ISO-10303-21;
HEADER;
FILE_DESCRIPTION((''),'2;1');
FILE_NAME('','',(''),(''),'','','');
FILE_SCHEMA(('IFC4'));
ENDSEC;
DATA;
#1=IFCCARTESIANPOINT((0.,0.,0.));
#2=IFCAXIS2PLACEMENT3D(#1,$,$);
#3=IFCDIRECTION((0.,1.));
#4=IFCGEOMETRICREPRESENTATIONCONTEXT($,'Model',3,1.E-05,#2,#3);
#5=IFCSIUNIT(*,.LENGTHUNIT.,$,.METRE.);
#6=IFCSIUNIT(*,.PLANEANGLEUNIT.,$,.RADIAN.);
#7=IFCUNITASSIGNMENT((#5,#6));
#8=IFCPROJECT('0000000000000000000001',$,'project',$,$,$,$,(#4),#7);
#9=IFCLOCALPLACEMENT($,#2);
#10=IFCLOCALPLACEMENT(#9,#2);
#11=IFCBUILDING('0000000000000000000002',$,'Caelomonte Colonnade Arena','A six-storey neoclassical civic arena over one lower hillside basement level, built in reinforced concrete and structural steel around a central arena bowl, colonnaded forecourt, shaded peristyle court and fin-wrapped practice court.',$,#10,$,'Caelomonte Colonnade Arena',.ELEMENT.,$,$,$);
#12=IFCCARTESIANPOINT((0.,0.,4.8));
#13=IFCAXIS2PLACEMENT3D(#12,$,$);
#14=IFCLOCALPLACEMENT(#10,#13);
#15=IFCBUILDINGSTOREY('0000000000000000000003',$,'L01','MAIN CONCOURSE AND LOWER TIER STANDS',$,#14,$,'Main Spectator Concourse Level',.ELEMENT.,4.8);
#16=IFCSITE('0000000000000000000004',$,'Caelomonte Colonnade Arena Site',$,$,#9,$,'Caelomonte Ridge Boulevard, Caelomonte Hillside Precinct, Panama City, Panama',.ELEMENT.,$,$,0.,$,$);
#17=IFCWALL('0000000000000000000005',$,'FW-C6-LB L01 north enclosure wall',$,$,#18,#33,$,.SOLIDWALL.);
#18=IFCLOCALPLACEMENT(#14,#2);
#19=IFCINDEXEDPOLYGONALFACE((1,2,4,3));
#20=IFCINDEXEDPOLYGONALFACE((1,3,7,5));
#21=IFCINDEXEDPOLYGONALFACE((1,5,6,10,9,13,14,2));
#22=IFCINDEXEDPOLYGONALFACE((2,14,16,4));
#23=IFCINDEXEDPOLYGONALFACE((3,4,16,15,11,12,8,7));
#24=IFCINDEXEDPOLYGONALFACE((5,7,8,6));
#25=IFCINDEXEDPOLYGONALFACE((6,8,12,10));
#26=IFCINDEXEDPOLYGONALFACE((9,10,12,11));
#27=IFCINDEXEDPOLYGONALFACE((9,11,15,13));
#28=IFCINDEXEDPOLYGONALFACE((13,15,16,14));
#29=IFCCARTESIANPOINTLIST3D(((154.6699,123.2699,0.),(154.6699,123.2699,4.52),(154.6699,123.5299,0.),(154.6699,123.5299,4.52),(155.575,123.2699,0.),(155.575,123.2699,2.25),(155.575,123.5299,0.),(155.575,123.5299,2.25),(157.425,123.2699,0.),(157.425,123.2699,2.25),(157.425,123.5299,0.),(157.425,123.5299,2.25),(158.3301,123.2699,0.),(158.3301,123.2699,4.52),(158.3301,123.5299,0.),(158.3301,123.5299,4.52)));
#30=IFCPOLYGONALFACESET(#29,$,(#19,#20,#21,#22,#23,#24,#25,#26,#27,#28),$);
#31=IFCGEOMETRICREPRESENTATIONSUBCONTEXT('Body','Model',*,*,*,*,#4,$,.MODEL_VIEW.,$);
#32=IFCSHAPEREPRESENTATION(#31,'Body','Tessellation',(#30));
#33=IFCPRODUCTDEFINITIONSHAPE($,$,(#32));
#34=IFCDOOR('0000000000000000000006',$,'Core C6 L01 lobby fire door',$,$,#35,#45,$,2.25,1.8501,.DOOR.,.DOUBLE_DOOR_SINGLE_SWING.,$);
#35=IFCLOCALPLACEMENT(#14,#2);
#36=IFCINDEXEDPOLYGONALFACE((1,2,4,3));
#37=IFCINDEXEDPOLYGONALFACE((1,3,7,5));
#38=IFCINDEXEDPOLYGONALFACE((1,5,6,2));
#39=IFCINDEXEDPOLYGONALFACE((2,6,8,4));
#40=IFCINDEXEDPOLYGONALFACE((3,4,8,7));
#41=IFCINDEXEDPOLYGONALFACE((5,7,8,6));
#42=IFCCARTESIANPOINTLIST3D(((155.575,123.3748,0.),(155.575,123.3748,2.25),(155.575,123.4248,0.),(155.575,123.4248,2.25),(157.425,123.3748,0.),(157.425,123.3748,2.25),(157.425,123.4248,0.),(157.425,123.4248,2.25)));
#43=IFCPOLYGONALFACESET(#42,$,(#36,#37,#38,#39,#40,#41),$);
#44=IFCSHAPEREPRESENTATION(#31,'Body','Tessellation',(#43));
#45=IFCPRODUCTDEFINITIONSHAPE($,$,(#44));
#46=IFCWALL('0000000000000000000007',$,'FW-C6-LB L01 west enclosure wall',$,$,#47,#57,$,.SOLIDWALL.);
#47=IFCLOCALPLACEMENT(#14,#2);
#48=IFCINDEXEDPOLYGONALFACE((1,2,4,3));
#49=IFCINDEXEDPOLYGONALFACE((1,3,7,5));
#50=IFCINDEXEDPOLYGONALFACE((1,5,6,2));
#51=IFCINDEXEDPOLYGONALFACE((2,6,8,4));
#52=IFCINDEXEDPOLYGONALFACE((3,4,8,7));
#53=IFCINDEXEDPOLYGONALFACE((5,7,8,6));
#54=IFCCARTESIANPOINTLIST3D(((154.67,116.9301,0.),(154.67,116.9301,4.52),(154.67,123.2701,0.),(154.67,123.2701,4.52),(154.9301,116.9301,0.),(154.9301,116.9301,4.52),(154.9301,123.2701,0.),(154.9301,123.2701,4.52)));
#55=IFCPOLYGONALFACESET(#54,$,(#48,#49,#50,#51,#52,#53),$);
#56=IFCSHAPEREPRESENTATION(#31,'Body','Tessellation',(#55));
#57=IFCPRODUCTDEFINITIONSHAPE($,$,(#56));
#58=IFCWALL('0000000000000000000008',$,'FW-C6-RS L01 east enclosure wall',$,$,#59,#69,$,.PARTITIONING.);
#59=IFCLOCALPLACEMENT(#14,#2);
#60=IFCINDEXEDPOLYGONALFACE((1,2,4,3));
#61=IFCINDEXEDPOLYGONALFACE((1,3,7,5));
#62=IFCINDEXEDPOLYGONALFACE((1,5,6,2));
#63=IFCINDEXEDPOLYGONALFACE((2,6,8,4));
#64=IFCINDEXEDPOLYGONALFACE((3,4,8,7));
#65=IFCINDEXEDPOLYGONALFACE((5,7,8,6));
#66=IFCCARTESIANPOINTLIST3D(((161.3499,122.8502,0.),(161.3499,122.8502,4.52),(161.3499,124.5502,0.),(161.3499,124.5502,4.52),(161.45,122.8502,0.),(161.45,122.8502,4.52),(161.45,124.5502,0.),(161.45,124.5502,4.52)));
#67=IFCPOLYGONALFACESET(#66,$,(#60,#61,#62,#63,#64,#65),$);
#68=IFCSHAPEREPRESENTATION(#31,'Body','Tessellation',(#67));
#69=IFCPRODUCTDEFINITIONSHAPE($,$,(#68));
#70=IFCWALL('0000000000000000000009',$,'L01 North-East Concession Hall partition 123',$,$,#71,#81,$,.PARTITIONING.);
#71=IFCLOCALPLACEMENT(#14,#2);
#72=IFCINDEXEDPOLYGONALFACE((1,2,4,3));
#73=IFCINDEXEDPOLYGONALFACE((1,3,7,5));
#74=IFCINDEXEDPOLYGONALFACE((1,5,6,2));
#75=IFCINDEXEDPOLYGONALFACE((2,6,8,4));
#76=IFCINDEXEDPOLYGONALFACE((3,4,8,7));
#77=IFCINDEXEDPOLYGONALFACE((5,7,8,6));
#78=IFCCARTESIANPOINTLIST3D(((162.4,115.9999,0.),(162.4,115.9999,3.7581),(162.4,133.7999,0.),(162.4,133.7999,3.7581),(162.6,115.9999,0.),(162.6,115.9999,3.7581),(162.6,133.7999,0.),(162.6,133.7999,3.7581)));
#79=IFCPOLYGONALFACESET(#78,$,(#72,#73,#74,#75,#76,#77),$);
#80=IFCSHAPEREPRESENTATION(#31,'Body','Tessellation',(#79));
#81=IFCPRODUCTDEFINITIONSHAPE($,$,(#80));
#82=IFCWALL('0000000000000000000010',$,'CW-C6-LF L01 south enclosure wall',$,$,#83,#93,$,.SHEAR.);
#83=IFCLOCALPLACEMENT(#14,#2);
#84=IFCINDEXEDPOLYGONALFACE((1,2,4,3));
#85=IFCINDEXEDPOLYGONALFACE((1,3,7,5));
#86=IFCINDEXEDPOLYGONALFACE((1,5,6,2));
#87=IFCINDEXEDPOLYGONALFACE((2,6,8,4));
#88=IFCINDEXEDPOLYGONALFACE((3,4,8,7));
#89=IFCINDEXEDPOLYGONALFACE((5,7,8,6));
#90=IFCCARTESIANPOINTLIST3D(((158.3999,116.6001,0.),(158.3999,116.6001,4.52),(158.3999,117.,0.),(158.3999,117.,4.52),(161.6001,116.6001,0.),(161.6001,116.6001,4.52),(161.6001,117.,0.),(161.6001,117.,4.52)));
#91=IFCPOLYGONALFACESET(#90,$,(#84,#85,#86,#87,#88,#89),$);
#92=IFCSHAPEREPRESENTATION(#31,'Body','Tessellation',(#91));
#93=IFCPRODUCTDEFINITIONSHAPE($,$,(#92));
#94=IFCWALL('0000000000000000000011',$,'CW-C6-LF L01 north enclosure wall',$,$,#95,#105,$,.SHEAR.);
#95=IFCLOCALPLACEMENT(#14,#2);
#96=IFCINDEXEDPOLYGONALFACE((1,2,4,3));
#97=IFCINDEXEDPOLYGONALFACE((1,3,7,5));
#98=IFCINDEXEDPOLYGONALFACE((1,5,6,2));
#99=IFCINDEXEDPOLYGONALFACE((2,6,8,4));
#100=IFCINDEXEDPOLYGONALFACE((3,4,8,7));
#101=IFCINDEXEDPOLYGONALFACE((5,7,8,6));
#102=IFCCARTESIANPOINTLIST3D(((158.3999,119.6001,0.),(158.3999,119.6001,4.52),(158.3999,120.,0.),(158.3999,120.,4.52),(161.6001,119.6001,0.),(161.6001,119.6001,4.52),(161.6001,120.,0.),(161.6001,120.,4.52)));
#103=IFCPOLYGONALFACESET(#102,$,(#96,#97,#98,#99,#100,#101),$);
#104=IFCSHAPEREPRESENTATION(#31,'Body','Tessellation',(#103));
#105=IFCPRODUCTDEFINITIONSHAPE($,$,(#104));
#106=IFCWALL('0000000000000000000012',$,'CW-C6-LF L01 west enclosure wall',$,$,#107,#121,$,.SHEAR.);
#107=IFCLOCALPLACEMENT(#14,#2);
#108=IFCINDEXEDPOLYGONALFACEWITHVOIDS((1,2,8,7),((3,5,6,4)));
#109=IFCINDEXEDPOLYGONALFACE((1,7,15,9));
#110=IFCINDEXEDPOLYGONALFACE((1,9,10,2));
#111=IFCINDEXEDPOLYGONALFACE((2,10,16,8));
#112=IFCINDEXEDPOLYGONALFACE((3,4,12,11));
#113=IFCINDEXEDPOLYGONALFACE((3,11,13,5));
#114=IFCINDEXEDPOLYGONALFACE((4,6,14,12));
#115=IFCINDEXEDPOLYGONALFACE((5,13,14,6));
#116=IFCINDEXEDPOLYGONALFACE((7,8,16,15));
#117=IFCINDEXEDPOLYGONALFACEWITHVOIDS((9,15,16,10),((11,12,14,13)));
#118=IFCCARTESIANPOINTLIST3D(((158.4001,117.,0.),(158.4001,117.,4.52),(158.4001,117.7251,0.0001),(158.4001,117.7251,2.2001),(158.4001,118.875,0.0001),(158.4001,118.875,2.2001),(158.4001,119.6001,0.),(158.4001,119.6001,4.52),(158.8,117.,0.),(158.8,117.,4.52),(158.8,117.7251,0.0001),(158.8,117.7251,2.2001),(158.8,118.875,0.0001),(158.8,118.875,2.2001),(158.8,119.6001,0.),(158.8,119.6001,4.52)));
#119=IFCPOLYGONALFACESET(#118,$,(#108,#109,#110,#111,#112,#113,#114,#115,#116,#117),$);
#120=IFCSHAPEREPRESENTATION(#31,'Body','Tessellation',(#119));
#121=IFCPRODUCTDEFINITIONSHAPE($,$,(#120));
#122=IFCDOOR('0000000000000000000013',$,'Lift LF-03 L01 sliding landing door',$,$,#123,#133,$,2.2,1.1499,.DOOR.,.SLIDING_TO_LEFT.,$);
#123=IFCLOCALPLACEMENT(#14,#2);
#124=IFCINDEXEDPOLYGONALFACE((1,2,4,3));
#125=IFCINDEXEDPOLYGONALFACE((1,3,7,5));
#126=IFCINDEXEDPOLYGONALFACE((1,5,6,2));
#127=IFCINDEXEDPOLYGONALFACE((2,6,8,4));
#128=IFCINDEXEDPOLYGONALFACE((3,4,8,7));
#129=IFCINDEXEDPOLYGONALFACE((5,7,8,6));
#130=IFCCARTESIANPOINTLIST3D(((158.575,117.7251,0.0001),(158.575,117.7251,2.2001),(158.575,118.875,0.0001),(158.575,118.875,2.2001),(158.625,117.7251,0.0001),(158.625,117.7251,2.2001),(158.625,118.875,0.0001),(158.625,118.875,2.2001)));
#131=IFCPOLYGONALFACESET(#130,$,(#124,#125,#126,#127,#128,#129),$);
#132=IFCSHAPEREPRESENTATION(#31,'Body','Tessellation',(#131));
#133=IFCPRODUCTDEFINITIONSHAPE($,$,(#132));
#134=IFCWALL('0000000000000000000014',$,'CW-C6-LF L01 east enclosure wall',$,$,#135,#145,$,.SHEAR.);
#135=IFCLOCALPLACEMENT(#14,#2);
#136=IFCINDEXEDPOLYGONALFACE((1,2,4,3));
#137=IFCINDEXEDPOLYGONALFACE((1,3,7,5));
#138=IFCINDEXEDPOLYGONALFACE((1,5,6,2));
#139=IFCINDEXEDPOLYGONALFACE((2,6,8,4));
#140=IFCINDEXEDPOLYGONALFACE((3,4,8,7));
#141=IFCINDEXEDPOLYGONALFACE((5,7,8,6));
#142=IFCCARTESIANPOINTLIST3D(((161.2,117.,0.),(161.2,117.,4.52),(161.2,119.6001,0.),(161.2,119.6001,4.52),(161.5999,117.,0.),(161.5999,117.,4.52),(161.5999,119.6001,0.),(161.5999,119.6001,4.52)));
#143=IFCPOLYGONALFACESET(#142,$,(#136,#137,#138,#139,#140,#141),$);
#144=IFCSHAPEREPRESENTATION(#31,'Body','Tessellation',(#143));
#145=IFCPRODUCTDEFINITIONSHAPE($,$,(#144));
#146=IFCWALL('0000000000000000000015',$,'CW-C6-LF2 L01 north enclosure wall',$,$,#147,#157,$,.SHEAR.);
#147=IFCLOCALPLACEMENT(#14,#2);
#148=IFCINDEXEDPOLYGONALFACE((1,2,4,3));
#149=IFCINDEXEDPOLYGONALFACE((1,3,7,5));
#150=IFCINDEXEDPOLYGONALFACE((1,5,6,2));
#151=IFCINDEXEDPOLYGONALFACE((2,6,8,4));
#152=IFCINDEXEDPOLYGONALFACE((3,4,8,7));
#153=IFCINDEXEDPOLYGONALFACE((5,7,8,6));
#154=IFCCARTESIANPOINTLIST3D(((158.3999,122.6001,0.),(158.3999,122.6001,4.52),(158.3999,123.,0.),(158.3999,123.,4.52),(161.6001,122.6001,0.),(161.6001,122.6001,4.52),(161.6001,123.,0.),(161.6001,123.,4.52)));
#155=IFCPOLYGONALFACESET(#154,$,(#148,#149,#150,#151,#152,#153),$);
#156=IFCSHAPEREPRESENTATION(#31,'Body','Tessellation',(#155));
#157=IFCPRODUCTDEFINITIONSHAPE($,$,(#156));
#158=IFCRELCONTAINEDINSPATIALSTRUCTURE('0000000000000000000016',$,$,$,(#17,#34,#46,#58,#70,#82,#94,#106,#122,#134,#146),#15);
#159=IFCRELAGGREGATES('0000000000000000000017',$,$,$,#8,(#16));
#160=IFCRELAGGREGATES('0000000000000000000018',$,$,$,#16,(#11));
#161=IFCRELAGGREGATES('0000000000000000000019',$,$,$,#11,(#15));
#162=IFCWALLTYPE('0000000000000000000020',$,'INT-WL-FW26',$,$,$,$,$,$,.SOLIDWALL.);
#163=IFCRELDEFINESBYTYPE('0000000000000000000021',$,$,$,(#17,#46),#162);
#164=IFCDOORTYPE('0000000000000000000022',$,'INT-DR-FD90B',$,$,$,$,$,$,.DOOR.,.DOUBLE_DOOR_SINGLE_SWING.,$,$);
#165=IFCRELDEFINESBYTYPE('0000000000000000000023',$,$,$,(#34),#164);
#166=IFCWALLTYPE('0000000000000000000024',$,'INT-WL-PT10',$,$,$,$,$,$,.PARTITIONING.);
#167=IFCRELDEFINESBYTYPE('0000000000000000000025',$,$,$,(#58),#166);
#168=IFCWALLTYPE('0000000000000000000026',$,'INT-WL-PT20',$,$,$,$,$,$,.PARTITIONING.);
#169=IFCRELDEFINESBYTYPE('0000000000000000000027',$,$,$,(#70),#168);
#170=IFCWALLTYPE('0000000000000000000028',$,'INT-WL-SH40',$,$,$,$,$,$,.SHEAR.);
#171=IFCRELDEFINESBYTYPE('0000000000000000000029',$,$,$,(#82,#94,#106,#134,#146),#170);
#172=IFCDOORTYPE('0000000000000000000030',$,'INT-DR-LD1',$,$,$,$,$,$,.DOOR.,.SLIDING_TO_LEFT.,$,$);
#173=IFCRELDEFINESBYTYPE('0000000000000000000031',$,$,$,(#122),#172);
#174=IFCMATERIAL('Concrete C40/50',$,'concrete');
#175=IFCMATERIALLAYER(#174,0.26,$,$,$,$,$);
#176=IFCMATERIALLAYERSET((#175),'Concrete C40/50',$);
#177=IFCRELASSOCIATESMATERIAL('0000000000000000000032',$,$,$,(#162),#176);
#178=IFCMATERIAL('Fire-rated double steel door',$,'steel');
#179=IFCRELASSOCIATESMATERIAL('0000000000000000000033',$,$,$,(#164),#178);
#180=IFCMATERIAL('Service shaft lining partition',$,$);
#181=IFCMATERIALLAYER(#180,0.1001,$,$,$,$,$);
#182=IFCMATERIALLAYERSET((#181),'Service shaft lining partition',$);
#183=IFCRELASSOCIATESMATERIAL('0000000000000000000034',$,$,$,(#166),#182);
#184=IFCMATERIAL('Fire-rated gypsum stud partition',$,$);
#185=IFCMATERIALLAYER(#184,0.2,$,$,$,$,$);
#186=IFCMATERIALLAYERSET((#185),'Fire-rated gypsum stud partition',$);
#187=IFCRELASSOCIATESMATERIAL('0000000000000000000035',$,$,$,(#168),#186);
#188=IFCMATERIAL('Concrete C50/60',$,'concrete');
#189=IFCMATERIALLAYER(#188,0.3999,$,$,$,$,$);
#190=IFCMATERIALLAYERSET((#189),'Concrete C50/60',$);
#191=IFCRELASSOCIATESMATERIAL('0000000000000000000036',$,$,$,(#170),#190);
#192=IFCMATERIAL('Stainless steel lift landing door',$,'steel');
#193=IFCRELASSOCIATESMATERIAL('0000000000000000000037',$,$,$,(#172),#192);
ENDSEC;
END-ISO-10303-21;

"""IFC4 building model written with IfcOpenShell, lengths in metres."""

from ifc_helpers import new_model, si_unit, direction, frame, frame_2d, origin, place, context, subcontext, project, spatial, rectangle, extrude, material, layer, layer_set, type_object, element, fill, save


model = new_model("IFC4")

# Units and contexts
model_context = context("Model", 3, precision=1e-05, world=origin(), true_north=direction((0.0, 1.0)))
body_context = subcontext(model_context, "Body", "Model", "MODEL_VIEW")
ifc_project = project(units=[si_unit("LENGTHUNIT", "METRE"), si_unit("PLANEANGLEUNIT", "RADIAN")], contexts=[model_context])

# Site, building, storey
site_placement = place(None, origin())
site = spatial("IfcSite", under=ifc_project, at=site_placement, Name="Caelomonte Colonnade Arena Site", LongName="Caelomonte Ridge Boulevard, Caelomonte Hillside Precinct, Panama City, Panama", CompositionType="ELEMENT", RefElevation=0.0)
building_placement = place(site_placement, origin())
building = spatial("IfcBuilding", under=site, at=building_placement, Name="Caelomonte Colonnade Arena", Description="A six-storey neoclassical civic arena over one lower hillside basement level, built in reinforced concrete and structural steel around a central arena bowl, colonnaded forecourt, shaded peristyle court and fin-wrapped practice court.", LongName="Caelomonte Colonnade Arena", CompositionType="ELEMENT")
storey_placement = place(building_placement, frame((0.0, 0.0, 4.8)))
storey = spatial("IfcBuildingStorey", under=building, at=storey_placement, Name="L01", Description="MAIN CONCOURSE AND LOWER TIER STANDS", LongName="Main Spectator Concourse Level", CompositionType="ELEMENT", Elevation=4.8)

# Shared definitions
ifc_material_1 = material(Name="Concrete C40/50", Category="concrete")

# Shared definitions
ifc_layer_1 = layer(ifc_material_1, 0.26)
ifc_layer_set_1 = layer_set([ifc_layer_1], Name="Concrete C40/50")
wall_type_1 = type_object("IfcWallType", Name="INT-WL-FW26", PredefinedType="SOLIDWALL", material=ifc_layer_set_1)

# Wall, opening, door
wall_1_placement = place(storey_placement, frame((158.3301, 123.3999, 0.0), z_axis=(0.0, 0.0, 1.0), x_axis=(-1.0, 0.0, 0.0)))
wall_1 = element("IfcWall", 1, at=wall_1_placement, inside=storey, type_object=wall_type_1, Name="FW-C6-LB L01 north enclosure wall", PredefinedType="SOLIDWALL", context=body_context, shape_type="SweptSolid", body=[
    extrude(rectangle(XDim=3.6602, YDim=0.26, at=frame_2d((1.8301, 0.0))), origin(), (0.0, 0.0, 1.0), 4.52),
])
opening_1_placement = place(wall_1_placement, frame((2.7551, 0.0, 0.0), z_axis=(0.0, 0.0, 1.0), x_axis=(-1.0, 0.0, 0.0)))
opening_1 = element("IfcOpeningElement", 2, at=opening_1_placement, cuts=wall_1, PredefinedType="OPENING", context=body_context, shape_type="SweptSolid", body=[
    extrude(rectangle(XDim=1.8501, YDim=2.25, at=frame_2d((0.925, 1.125))), frame((0.0, 0.1399, 0.0), z_axis=(0.0, -1.0, 0.0), x_axis=(1.0, 0.0, 0.0)), (0.0, 0.0, 1.0), 0.28),
])
ifc_material_2 = material(Name="Fire-rated double steel door", Category="steel")
door_type_1 = type_object("IfcDoorType", Name="INT-DR-FD90B", OperationType="DOUBLE_DOOR_SINGLE_SWING", PredefinedType="DOOR", material=ifc_material_2)
door_1_placement = place(opening_1_placement, origin())
door_1 = element("IfcDoor", 3, at=door_1_placement, inside=storey, type_object=door_type_1, Name="Core C6 L01 lobby fire door", OperationType="DOUBLE_DOOR_SINGLE_SWING", OverallHeight=2.25, OverallWidth=1.8501, PredefinedType="DOOR", context=body_context, shape_type="SweptSolid", body=[
    extrude(rectangle(XDim=1.8501, YDim=2.25, at=frame_2d((0.925, 1.125))), frame((0.0, 0.0249, 0.0), z_axis=(0.0, -1.0, 0.0), x_axis=(1.0, 0.0, 0.0)), (0.0, 0.0, 1.0), 0.05),
])
fill(opening_1, door_1)

# Walls
wall_2_placement = place(storey_placement, frame((154.8, 123.27, 0.0), z_axis=(0.0, 0.0, 1.0), x_axis=(0.0, -1.0, 0.0)))
element("IfcWall", 4, at=wall_2_placement, inside=storey, type_object=wall_type_1, Name="FW-C6-LB L01 west enclosure wall", PredefinedType="SOLIDWALL", context=body_context, shape_type="SweptSolid", body=[
    extrude(rectangle(XDim=6.3401, YDim=0.26, at=frame_2d((3.1699, 0.0))), origin(), (0.0, 0.0, 1.0), 4.52),
])
ifc_material_3 = material(Name="Service shaft lining partition")
ifc_layer_2 = layer(ifc_material_3, 0.1001)
ifc_layer_set_2 = layer_set([ifc_layer_2], Name="Service shaft lining partition")
wall_type_2 = type_object("IfcWallType", Name="INT-WL-PT10", PredefinedType="PARTITIONING", material=ifc_layer_set_2)
wall_3_placement = place(storey_placement, frame((161.3999, 122.8501, 0.0), z_axis=(0.0, 0.0, 1.0), x_axis=(0.0, 1.0, 0.0)))
element("IfcWall", 5, at=wall_3_placement, inside=storey, type_object=wall_type_2, Name="FW-C6-RS L01 east enclosure wall", PredefinedType="PARTITIONING", context=body_context, shape_type="SweptSolid", body=[
    extrude(rectangle(XDim=1.7, YDim=0.1001, at=frame_2d((0.8501, 0.0))), origin(), (0.0, 0.0, 1.0), 4.52),
])
ifc_material_4 = material(Name="Fire-rated gypsum stud partition")
ifc_layer_3 = layer(ifc_material_4, 0.2)
ifc_layer_set_3 = layer_set([ifc_layer_3], Name="Fire-rated gypsum stud partition")
wall_type_3 = type_object("IfcWallType", Name="INT-WL-PT20", PredefinedType="PARTITIONING", material=ifc_layer_set_3)
wall_4_placement = place(storey_placement, frame((162.5, 116.0, 0.0), z_axis=(0.0, 0.0, 1.0), x_axis=(0.0, 1.0, 0.0)))
element("IfcWall", 6, at=wall_4_placement, inside=storey, type_object=wall_type_3, Name="L01 North-East Concession Hall partition 123", PredefinedType="PARTITIONING", context=body_context, shape_type="SweptSolid", body=[
    extrude(rectangle(XDim=17.8, YDim=0.2, at=frame_2d((8.8999, 0.0))), origin(), (0.0, 0.0, 1.0), 3.7581),
])
ifc_material_5 = material(Name="Concrete C50/60", Category="concrete")
ifc_layer_4 = layer(ifc_material_5, 0.3999)
ifc_layer_set_4 = layer_set([ifc_layer_4], Name="Concrete C50/60")
wall_type_4 = type_object("IfcWallType", Name="INT-WL-SH40", PredefinedType="SHEAR", material=ifc_layer_set_4)
for number, where, z_axis, x_axis, name in (
    (7, (158.3999, 116.8, 0.0), (0.0, 0.0, 1.0), (1.0, 0.0, 0.0), "CW-C6-LF L01 south enclosure wall"),
    (8, (161.6001, 119.8, 0.0), (0.0, 0.0, 1.0), (-1.0, 0.0, 0.0), "CW-C6-LF L01 north enclosure wall"),
):
    element("IfcWall", number, at=place(storey_placement, frame(where, z_axis=z_axis, x_axis=x_axis)), inside=storey, type_object=wall_type_4, Name=name, PredefinedType="SHEAR", context=body_context, shape_type="SweptSolid", body=[
        extrude(rectangle(XDim=3.2002, YDim=0.3999, at=frame_2d((1.6001, 0.0))), origin(), (0.0, 0.0, 1.0), 4.52),
    ])

# Wall, opening, door
wall_5_placement = place(storey_placement, frame((158.6001, 119.6001, 0.0), z_axis=(0.0, 0.0, 1.0), x_axis=(0.0, -1.0, 0.0)))
wall_5 = element("IfcWall", 9, at=wall_5_placement, inside=storey, type_object=wall_type_4, Name="CW-C6-LF L01 west enclosure wall", PredefinedType="SHEAR", context=body_context, shape_type="SweptSolid", body=[
    extrude(rectangle(XDim=2.6001, YDim=0.3999, at=frame_2d((1.3, 0.0))), origin(), (0.0, 0.0, 1.0), 4.52),
])
opening_2_placement = place(wall_5_placement, frame((0.7251, 0.0, 0.0), z_axis=(0.0, 0.0, 1.0), x_axis=(1.0, 0.0, 0.0)))
opening_2 = element("IfcOpeningElement", 10, at=opening_2_placement, cuts=wall_5, PredefinedType="OPENING", context=body_context, shape_type="SweptSolid", body=[
    extrude(rectangle(XDim=1.1499, YDim=2.2, at=frame_2d((0.575, 1.1001))), frame((0.0, 0.21, 0.0), z_axis=(0.0, -1.0, 0.0), x_axis=(1.0, 0.0, 0.0)), (0.0, 0.0, 1.0), 0.4199),
])
ifc_material_6 = material(Name="Stainless steel lift landing door", Category="steel")
door_type_2 = type_object("IfcDoorType", Name="INT-DR-LD1", OperationType="SLIDING_TO_LEFT", PredefinedType="DOOR", material=ifc_material_6)
door_2_placement = place(opening_2_placement, origin())
door_2 = element("IfcDoor", 11, at=door_2_placement, inside=storey, type_object=door_type_2, Name="Lift LF-03 L01 sliding landing door", OperationType="SLIDING_TO_LEFT", OverallHeight=2.2, OverallWidth=1.1499, PredefinedType="DOOR", context=body_context, shape_type="SweptSolid", body=[
    extrude(rectangle(XDim=1.1499, YDim=2.2, at=frame_2d((0.575, 1.1001))), frame((0.0, 0.0249, 0.0), z_axis=(0.0, -1.0, 0.0), x_axis=(1.0, 0.0, 0.0)), (0.0, 0.0, 1.0), 0.05),
])
fill(opening_2, door_2)

# Walls
wall_6_placement = place(storey_placement, frame((161.3999, 117.0, 0.0), z_axis=(0.0, 0.0, 1.0), x_axis=(0.0, 1.0, 0.0)))
element("IfcWall", 12, at=wall_6_placement, inside=storey, type_object=wall_type_4, Name="CW-C6-LF L01 east enclosure wall", PredefinedType="SHEAR", context=body_context, shape_type="SweptSolid", body=[
    extrude(rectangle(XDim=2.6001, YDim=0.3999, at=frame_2d((1.3, 0.0))), origin(), (0.0, 0.0, 1.0), 4.52),
])
wall_7_placement = place(storey_placement, frame((161.6001, 122.8, 0.0), z_axis=(0.0, 0.0, 1.0), x_axis=(-1.0, 0.0, 0.0)))
element("IfcWall", 13, at=wall_7_placement, inside=storey, type_object=wall_type_4, Name="CW-C6-LF2 L01 north enclosure wall", PredefinedType="SHEAR", context=body_context, shape_type="SweptSolid", body=[
    extrude(rectangle(XDim=3.2002, YDim=0.3999, at=frame_2d((1.6001, 0.0))), origin(), (0.0, 0.0, 1.0), 4.52),
])

save(model, "model.ifc")
